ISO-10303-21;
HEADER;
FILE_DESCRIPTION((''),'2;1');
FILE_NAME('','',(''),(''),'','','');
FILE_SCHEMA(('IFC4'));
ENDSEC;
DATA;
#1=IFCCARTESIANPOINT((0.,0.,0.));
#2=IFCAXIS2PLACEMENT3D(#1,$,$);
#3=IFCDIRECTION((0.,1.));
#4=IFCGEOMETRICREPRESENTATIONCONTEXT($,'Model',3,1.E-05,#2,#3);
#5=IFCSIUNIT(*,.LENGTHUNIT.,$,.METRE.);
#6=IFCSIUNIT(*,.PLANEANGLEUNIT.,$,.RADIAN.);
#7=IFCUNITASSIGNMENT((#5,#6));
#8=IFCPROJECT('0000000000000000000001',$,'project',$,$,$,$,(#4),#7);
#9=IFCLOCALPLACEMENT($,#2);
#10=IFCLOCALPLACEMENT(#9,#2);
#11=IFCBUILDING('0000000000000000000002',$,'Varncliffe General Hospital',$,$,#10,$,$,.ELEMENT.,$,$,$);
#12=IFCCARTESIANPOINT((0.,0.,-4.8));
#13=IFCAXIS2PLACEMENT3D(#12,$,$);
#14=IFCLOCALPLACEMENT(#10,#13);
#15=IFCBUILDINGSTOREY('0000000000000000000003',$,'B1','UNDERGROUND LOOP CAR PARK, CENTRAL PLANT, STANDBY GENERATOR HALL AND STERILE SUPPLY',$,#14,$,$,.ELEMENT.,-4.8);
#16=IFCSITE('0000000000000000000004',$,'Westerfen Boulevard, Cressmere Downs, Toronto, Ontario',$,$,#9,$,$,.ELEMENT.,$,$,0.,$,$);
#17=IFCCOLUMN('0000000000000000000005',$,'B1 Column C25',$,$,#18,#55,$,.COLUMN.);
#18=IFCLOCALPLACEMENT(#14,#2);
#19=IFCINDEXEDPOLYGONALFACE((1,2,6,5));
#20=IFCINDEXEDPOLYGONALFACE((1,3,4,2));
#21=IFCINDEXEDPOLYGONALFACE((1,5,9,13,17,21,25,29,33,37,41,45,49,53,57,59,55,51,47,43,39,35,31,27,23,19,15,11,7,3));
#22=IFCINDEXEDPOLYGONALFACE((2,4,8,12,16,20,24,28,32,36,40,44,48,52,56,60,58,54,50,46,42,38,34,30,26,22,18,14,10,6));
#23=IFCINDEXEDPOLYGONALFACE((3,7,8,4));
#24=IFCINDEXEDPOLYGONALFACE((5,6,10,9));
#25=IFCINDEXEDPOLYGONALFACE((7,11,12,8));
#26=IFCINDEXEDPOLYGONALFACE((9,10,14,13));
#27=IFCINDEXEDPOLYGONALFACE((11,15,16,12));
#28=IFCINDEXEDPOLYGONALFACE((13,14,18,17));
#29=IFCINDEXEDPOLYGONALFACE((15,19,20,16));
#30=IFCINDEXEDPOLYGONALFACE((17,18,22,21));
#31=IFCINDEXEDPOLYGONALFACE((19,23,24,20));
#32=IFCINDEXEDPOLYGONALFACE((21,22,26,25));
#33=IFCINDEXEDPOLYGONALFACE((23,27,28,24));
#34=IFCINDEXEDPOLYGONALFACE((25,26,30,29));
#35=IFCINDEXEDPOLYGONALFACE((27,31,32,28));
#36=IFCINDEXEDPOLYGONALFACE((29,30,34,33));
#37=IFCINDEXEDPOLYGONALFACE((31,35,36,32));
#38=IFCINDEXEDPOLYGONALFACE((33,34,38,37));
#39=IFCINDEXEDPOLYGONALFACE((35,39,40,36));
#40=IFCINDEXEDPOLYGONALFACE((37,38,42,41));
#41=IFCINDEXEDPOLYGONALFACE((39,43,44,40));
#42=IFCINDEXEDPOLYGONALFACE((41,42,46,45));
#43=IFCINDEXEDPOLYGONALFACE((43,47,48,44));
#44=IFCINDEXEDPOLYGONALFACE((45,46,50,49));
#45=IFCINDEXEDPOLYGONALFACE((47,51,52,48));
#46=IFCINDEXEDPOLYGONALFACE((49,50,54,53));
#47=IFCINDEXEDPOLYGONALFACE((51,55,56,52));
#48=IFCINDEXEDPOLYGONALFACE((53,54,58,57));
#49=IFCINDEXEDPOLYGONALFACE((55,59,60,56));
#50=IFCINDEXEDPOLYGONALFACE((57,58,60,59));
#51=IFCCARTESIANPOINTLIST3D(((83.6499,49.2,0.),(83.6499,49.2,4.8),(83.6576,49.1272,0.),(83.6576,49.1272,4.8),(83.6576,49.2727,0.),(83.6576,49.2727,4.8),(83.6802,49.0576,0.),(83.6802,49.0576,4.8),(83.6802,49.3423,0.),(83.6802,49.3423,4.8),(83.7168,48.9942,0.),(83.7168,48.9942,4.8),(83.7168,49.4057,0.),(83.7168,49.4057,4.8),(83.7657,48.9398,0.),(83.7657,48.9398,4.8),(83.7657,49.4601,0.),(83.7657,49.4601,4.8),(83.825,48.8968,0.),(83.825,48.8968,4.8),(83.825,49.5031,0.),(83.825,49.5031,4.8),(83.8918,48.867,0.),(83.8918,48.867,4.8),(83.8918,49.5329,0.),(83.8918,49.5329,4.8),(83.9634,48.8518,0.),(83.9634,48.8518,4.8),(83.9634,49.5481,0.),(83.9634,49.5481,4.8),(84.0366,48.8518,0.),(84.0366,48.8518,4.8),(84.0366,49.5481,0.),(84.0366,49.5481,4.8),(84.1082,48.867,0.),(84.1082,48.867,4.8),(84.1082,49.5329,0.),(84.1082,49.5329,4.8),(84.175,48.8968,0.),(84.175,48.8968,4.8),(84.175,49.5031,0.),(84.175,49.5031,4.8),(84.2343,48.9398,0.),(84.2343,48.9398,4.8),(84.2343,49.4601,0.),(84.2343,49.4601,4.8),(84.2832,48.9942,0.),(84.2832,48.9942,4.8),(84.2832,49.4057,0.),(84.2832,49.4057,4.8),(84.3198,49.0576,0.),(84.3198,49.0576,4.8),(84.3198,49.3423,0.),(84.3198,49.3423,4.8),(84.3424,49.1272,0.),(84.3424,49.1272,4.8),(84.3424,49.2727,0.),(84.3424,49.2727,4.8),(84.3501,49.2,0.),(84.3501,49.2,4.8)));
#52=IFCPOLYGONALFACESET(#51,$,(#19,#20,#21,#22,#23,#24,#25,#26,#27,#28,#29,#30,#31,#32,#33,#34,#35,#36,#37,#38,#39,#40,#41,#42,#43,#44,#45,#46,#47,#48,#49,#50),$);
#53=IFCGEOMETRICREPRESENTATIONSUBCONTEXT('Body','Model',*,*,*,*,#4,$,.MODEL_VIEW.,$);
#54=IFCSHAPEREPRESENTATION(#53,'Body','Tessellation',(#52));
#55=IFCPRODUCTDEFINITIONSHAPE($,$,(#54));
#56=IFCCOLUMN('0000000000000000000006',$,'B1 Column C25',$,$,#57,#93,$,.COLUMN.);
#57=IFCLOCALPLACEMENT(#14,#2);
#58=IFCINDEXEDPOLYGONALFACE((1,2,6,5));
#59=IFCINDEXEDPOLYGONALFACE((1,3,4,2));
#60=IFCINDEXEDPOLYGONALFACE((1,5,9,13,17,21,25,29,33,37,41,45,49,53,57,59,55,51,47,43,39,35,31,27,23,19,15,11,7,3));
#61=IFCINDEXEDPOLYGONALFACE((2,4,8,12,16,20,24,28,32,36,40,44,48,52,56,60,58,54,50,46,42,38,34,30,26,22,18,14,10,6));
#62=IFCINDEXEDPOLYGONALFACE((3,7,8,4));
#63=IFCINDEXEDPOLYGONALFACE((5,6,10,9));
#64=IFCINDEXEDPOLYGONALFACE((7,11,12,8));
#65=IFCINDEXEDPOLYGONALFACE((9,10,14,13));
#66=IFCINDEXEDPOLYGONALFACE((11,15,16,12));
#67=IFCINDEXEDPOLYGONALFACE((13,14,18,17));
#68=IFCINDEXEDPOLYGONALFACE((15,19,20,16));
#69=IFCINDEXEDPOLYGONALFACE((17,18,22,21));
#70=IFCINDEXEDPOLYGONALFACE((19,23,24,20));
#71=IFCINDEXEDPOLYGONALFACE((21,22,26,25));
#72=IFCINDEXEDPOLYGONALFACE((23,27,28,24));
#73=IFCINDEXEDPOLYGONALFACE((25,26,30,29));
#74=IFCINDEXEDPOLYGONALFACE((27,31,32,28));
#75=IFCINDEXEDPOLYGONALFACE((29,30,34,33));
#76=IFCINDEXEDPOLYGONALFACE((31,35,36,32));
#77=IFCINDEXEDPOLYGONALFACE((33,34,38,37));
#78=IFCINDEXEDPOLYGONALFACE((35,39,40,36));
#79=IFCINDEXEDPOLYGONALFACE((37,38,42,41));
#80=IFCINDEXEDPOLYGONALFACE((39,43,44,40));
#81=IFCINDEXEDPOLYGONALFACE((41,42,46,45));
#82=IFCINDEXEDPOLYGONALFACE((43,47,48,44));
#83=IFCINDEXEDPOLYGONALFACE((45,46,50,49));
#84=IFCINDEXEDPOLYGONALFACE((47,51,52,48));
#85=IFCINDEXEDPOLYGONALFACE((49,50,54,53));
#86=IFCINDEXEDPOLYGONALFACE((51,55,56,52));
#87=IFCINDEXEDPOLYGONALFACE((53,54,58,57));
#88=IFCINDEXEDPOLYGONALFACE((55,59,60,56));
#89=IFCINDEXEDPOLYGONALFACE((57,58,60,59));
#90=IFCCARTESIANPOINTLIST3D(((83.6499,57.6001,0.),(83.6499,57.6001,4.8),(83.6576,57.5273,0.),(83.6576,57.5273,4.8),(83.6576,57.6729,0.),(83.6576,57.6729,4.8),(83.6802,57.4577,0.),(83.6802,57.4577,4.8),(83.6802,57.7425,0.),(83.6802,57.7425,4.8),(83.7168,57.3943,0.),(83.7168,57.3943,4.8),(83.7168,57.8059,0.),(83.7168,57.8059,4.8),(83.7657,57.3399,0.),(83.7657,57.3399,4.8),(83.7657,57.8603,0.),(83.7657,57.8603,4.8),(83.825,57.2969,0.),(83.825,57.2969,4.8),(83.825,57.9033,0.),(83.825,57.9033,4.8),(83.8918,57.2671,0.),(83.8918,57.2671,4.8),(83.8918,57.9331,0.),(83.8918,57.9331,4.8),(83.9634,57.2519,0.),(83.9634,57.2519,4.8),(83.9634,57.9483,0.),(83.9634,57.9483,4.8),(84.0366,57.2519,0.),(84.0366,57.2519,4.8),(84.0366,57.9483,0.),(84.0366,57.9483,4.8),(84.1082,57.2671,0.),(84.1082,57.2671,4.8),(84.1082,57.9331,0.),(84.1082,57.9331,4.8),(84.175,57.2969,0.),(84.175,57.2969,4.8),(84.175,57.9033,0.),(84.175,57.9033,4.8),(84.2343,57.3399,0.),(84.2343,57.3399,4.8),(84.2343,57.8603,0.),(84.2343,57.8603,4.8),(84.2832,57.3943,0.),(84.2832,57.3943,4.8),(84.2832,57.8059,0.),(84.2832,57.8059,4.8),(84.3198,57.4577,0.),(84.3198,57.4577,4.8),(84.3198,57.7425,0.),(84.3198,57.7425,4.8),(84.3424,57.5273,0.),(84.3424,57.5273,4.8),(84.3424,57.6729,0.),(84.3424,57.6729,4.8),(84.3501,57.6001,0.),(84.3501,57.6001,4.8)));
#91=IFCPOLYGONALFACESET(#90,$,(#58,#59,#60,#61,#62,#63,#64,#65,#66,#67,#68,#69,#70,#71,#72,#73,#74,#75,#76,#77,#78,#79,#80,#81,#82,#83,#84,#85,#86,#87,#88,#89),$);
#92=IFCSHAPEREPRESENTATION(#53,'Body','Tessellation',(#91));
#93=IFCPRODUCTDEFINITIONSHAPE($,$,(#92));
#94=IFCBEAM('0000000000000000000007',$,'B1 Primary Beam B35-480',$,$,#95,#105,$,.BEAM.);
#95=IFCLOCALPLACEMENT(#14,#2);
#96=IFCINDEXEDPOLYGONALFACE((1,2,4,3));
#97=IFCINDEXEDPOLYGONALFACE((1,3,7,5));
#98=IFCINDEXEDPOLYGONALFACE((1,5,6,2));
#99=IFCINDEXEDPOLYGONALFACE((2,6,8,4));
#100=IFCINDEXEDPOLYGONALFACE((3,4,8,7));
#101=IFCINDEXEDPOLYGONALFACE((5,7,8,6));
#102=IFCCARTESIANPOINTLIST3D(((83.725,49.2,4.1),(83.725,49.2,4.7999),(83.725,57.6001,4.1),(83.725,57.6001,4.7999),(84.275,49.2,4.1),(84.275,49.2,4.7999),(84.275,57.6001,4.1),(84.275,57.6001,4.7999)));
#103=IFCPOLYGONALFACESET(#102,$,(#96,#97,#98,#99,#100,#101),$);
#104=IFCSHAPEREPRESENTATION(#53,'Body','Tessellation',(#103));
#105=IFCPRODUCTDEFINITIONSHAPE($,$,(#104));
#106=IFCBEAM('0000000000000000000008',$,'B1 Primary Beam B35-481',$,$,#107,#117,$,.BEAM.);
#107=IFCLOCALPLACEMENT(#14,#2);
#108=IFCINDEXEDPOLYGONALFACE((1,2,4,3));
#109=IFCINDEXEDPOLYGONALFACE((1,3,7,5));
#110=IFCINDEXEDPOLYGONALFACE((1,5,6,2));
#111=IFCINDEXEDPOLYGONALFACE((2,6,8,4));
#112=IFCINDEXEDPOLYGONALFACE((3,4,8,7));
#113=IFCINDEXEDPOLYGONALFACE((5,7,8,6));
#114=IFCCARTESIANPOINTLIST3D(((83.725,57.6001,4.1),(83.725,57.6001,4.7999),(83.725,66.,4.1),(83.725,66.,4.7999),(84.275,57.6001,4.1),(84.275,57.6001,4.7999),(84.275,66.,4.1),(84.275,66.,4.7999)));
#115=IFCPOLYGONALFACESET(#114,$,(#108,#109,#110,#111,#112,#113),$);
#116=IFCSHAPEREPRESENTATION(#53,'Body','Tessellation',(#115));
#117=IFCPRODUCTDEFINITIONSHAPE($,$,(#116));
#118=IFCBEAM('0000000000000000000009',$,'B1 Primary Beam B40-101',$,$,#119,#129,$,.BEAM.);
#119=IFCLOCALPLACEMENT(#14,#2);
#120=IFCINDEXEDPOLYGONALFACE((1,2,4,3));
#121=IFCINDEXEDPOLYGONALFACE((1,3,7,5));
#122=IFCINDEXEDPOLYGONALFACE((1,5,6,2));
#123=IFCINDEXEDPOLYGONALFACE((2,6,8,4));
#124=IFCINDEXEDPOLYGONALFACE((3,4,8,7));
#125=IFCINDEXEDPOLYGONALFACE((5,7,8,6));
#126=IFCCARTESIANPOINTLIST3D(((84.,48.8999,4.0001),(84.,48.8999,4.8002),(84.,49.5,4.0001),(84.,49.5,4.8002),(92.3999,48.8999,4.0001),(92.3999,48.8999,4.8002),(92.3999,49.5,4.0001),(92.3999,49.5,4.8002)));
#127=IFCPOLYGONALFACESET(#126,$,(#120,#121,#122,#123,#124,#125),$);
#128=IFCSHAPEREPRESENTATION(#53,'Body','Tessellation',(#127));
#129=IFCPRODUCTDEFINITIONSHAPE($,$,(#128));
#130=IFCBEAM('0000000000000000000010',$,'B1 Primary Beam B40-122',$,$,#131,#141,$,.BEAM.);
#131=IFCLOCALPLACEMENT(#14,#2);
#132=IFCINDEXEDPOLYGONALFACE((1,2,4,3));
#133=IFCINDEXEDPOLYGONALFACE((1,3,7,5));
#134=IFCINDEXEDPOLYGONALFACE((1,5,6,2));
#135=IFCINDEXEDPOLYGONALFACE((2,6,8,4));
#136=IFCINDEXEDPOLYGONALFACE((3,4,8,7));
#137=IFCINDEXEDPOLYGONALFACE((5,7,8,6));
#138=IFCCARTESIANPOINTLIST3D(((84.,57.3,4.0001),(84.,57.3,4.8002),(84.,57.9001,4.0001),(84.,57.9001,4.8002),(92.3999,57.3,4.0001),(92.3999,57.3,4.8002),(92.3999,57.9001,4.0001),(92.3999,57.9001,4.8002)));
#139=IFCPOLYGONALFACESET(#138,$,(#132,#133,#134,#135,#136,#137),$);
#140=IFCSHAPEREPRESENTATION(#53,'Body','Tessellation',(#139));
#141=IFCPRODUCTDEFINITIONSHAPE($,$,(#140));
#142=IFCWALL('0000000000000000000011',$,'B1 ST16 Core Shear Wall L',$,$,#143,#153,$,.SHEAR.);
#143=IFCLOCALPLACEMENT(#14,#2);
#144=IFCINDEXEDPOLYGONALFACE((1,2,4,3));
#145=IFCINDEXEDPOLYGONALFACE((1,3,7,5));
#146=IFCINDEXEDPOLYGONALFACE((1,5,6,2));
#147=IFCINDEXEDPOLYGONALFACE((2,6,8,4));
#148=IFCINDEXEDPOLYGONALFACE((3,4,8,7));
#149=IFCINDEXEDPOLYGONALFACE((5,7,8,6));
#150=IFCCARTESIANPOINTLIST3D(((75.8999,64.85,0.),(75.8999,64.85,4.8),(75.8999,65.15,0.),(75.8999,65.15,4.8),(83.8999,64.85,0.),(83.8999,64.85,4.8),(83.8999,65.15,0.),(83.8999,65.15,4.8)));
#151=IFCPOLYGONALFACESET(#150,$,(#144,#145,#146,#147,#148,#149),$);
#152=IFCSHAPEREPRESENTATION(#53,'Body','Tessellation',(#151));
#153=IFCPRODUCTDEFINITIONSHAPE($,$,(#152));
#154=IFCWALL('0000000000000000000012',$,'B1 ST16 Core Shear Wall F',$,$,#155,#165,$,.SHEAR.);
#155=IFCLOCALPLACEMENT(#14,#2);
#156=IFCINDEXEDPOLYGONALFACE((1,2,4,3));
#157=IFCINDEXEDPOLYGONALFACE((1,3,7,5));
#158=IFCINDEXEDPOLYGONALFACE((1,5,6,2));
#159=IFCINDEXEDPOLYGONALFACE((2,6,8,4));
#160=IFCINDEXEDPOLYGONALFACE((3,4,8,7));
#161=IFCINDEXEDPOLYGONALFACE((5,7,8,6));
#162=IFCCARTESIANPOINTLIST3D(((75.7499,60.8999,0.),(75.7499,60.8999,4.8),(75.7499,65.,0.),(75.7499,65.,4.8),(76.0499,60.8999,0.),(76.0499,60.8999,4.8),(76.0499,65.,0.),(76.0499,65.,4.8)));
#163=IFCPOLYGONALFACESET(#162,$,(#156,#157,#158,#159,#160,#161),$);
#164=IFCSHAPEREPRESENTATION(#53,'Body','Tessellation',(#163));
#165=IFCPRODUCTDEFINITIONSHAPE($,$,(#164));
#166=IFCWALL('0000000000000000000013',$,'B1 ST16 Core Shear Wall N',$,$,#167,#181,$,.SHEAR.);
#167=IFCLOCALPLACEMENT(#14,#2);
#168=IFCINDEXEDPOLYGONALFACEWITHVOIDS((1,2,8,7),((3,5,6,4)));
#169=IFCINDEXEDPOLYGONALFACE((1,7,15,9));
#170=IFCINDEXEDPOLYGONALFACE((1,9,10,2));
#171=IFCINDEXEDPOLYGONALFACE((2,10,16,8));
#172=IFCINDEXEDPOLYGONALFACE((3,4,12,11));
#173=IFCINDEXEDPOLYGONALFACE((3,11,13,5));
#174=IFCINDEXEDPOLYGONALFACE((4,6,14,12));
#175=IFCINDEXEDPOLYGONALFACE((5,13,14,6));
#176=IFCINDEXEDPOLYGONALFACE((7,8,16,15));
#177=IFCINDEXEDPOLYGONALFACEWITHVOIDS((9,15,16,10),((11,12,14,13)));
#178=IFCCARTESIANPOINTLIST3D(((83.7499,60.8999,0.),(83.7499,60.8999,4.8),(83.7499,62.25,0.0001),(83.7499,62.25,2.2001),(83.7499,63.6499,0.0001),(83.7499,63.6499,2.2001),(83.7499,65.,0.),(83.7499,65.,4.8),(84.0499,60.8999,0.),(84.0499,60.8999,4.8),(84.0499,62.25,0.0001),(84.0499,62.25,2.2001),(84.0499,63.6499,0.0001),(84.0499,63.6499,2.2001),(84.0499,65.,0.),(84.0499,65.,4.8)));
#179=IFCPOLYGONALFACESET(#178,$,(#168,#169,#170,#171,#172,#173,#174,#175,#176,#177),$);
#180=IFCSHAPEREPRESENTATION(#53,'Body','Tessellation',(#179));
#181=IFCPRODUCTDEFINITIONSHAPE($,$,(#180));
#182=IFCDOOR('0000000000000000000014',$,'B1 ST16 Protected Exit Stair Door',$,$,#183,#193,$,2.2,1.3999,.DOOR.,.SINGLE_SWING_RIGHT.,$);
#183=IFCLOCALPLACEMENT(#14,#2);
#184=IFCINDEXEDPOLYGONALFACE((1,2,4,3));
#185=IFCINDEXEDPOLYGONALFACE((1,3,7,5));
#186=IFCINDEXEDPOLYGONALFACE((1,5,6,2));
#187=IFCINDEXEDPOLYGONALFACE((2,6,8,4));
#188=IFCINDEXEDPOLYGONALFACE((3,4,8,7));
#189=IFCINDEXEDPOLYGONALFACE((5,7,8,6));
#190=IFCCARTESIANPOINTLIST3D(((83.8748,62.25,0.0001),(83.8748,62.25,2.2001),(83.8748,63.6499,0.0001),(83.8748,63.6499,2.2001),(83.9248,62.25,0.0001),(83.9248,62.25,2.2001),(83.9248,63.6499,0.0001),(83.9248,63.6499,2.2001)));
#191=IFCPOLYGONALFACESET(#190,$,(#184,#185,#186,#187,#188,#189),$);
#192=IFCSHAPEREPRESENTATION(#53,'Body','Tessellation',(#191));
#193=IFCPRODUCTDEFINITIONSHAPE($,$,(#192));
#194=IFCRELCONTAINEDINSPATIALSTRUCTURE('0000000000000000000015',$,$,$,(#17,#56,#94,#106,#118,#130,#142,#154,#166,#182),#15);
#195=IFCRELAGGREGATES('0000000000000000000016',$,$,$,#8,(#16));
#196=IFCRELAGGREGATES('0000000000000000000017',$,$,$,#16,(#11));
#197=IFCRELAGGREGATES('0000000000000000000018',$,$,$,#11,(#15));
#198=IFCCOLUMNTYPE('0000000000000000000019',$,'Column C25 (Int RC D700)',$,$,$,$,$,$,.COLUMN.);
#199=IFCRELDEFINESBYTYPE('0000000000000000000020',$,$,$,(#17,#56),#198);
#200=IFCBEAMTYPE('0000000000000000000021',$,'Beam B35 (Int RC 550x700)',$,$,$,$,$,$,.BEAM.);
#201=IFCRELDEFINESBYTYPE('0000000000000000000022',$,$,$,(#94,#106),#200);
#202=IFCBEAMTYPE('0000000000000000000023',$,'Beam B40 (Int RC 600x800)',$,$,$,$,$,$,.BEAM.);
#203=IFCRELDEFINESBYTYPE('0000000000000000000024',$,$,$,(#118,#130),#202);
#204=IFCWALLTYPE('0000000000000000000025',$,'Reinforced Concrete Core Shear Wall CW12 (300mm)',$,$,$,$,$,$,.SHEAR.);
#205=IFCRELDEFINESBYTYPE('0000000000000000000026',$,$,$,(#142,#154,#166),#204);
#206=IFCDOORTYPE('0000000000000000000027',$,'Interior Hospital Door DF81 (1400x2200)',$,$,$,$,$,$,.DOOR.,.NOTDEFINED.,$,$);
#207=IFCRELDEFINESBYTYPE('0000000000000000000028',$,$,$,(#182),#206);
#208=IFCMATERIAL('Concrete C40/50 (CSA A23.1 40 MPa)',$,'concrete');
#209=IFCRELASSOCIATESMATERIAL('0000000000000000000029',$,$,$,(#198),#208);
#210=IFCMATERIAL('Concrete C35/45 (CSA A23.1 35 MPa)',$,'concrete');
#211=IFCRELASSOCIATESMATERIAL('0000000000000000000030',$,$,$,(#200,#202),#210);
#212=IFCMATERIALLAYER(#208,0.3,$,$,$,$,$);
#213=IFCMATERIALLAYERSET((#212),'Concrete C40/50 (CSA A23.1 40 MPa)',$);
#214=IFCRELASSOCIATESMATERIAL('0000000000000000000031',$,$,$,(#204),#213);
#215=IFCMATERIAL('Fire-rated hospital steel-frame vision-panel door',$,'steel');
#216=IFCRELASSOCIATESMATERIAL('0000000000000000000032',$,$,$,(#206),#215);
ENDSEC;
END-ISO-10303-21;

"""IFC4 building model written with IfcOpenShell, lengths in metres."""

from ifc_helpers import new_model, si_unit, direction, frame, frame_2d, origin, origin_2d, place, context, subcontext, project, spatial, rectangle, circle, extrude, material, layer, layer_set, material_profile, profile_set, type_object, element, fill, save


model = new_model("IFC4")

# Units and contexts
model_context = context("Model", 3, precision=1e-05, world=origin(), true_north=direction((0.0, 1.0)))
body_context = subcontext(model_context, "Body", "Model", "MODEL_VIEW")
ifc_project = project(units=[si_unit("LENGTHUNIT", "METRE"), si_unit("PLANEANGLEUNIT", "RADIAN")], contexts=[model_context])

# Site, building, storey
site_placement = place(None, origin())
site = spatial("IfcSite", under=ifc_project, at=site_placement, Name="Westerfen Boulevard, Cressmere Downs, Toronto, Ontario", CompositionType="ELEMENT", RefElevation=0.0)
building_placement = place(site_placement, origin())
building = spatial("IfcBuilding", under=site, at=building_placement, Name="Varncliffe General Hospital", CompositionType="ELEMENT")
storey_placement = place(building_placement, frame((0.0, 0.0, -4.8)))
storey = spatial("IfcBuildingStorey", under=building, at=storey_placement, Name="B1", Description="UNDERGROUND LOOP CAR PARK, CENTRAL PLANT, STANDBY GENERATOR HALL AND STERILE SUPPLY", CompositionType="ELEMENT", Elevation=-4.8)

# Shared definitions
ifc_material_1 = material(Name="Concrete C40/50 (CSA A23.1 40 MPa)", Category="concrete")

# Columns
ifc_material_profile_1 = material_profile(ifc_material_1, circle(Radius=0.3501, at=origin_2d()), Name="RC D700")
ifc_profile_set_1 = profile_set([ifc_material_profile_1], Name="Concrete C40/50 (CSA A23.1 40 MPa)")
column_type = type_object("IfcColumnType", Name="Column C25 (Int RC D700)", PredefinedType="COLUMN", material=ifc_profile_set_1)
for number, where, z_axis, x_axis, name in (
    (1, (84.0, 49.2, 0.0), (0.0, 0.0, 1.0), (1.0, 0.0, 0.0), "B1 Column C25"),
    (2, (84.0, 57.6001, 0.0), (0.0, 0.0, 1.0), (1.0, 0.0, 0.0), "B1 Column C25"),
):
    element("IfcColumn", number, at=place(storey_placement, frame(where, z_axis=z_axis, x_axis=x_axis)), inside=storey, type_object=column_type, Name=name, PredefinedType="COLUMN", context=body_context, shape_type="SweptSolid", body=[
        extrude(circle(Radius=0.3501, at=origin_2d()), origin(), (0.0, 0.0, 1.0), 4.8),
    ])

# Beams
ifc_material_2 = material(Name="Concrete C35/45 (CSA A23.1 35 MPa)", Category="concrete")
ifc_material_profile_2 = material_profile(ifc_material_2, rectangle(XDim=0.55, YDim=0.7, at=origin_2d()), Name="RC 550x700")
ifc_profile_set_2 = profile_set([ifc_material_profile_2], Name="Concrete C35/45 (CSA A23.1 35 MPa)")
beam_type_1 = type_object("IfcBeamType", Name="Beam B35 (Int RC 550x700)", PredefinedType="BEAM", material=ifc_profile_set_2)
beam_1_placement = place(storey_placement, frame((84.0, 49.2, 4.45), z_axis=(0.0, 1.0, 0.0), x_axis=(-1.0, 0.0, 0.0)))
element("IfcBeam", 3, at=beam_1_placement, inside=storey, type_object=beam_type_1, Name="B1 Primary Beam B35-480", PredefinedType="BEAM", context=body_context, shape_type="SweptSolid", body=[
    extrude(rectangle(XDim=0.55, YDim=0.7, at=origin_2d()), origin(), (0.0, 0.0, 1.0), 8.4001),
])
beam_2_placement = place(storey_placement, frame((84.0, 57.6001, 4.45), z_axis=(0.0, 1.0, 0.0), x_axis=(-1.0, 0.0, 0.0)))
element("IfcBeam", 4, at=beam_2_placement, inside=storey, type_object=beam_type_1, Name="B1 Primary Beam B35-481", PredefinedType="BEAM", context=body_context, shape_type="SweptSolid", body=[
    extrude(rectangle(XDim=0.55, YDim=0.7, at=origin_2d()), origin(), (0.0, 0.0, 1.0), 8.3999),
])
ifc_material_profile_3 = material_profile(ifc_material_2, rectangle(XDim=0.6001, YDim=0.8, at=origin_2d()), Name="RC 600x800")
ifc_profile_set_3 = profile_set([ifc_material_profile_3], Name="Concrete C35/45 (CSA A23.1 35 MPa)")
beam_type_2 = type_object("IfcBeamType", Name="Beam B40 (Int RC 600x800)", PredefinedType="BEAM", material=ifc_profile_set_3)
for number, where, z_axis, x_axis, name in (
    (5, (84.0, 49.2, 4.4001), (1.0, 0.0, 0.0), (0.0, 1.0, 0.0), "B1 Primary Beam B40-101"),
    (6, (84.0, 57.6001, 4.4001), (1.0, 0.0, 0.0), (0.0, 1.0, 0.0), "B1 Primary Beam B40-122"),
):
    element("IfcBeam", number, at=place(storey_placement, frame(where, z_axis=z_axis, x_axis=x_axis)), inside=storey, type_object=beam_type_2, Name=name, PredefinedType="BEAM", context=body_context, shape_type="SweptSolid", body=[
        extrude(rectangle(XDim=0.6001, YDim=0.8, at=origin_2d()), origin(), (0.0, 0.0, 1.0), 8.3999),
    ])

# Walls
ifc_layer = layer(ifc_material_1, 0.3)
ifc_layer_set = layer_set([ifc_layer], Name="Concrete C40/50 (CSA A23.1 40 MPa)")
wall_type = type_object("IfcWallType", Name="Reinforced Concrete Core Shear Wall CW12 (300mm)", PredefinedType="SHEAR", material=ifc_layer_set)
wall_1_placement = place(storey_placement, frame((83.8999, 65.0, 0.0), z_axis=(0.0, 0.0, 1.0), x_axis=(-1.0, 0.0, 0.0)))
element("IfcWall", 7, at=wall_1_placement, inside=storey, type_object=wall_type, Name="B1 ST16 Core Shear Wall L", PredefinedType="SHEAR", context=body_context, shape_type="SweptSolid", body=[
    extrude(rectangle(XDim=8.0, YDim=0.3, at=frame_2d((4.0, 0.0))), origin(), (0.0, 0.0, 1.0), 4.8),
])
wall_2_placement = place(storey_placement, frame((75.8999, 65.0, 0.0), z_axis=(0.0, 0.0, 1.0), x_axis=(0.0, -1.0, 0.0)))
element("IfcWall", 8, at=wall_2_placement, inside=storey, type_object=wall_type, Name="B1 ST16 Core Shear Wall F", PredefinedType="SHEAR", context=body_context, shape_type="SweptSolid", body=[
    extrude(rectangle(XDim=4.1001, YDim=0.3, at=frame_2d((2.05, 0.0))), origin(), (0.0, 0.0, 1.0), 4.8),
])

# Wall, opening, door
wall_3_placement = place(storey_placement, frame((83.8999, 60.8999, 0.0), z_axis=(0.0, 0.0, 1.0), x_axis=(0.0, 1.0, 0.0)))
wall_3 = element("IfcWall", 9, at=wall_3_placement, inside=storey, type_object=wall_type, Name="B1 ST16 Core Shear Wall N", PredefinedType="SHEAR", context=body_context, shape_type="SweptSolid", body=[
    extrude(rectangle(XDim=4.1001, YDim=0.3, at=frame_2d((2.05, 0.0))), origin(), (0.0, 0.0, 1.0), 4.8),
])
opening_placement = place(wall_3_placement, frame((1.3501, 0.0, 0.0)))
opening = element("IfcOpeningElement", 10, at=opening_placement, cuts=wall_3, PredefinedType="OPENING", context=body_context, shape_type="SweptSolid", body=[
    extrude(rectangle(XDim=1.3999, YDim=2.2, at=frame_2d((0.7, 1.1001))), frame((0.0, 0.1602, 0.0), z_axis=(0.0, -1.0, 0.0), x_axis=(1.0, 0.0, 0.0)), (0.0, 0.0, 1.0), 0.3201),
])
ifc_material_3 = material(Name="Fire-rated hospital steel-frame vision-panel door", Category="steel")
door_type = type_object("IfcDoorType", Name="Interior Hospital Door DF81 (1400x2200)", OperationType="NOTDEFINED", PredefinedType="DOOR", material=ifc_material_3)
door_placement = place(opening_placement, frame((1.3999, 0.0, 0.0), z_axis=(0.0, 0.0, 1.0), x_axis=(-1.0, 0.0, 0.0)))
door = element("IfcDoor", 11, at=door_placement, inside=storey, type_object=door_type, Name="B1 ST16 Protected Exit Stair Door", OperationType="SINGLE_SWING_RIGHT", OverallHeight=2.2, OverallWidth=1.3999, PredefinedType="DOOR", context=body_context, shape_type="SweptSolid", body=[
    extrude(rectangle(XDim=1.3999, YDim=2.2, at=frame_2d((0.7, 1.1001))), frame((0.0, 0.0249, 0.0), z_axis=(0.0, -1.0, 0.0), x_axis=(1.0, 0.0, 0.0)), (0.0, 0.0, 1.0), 0.05),
])
fill(opening, door)

save(model, "model.ifc")
